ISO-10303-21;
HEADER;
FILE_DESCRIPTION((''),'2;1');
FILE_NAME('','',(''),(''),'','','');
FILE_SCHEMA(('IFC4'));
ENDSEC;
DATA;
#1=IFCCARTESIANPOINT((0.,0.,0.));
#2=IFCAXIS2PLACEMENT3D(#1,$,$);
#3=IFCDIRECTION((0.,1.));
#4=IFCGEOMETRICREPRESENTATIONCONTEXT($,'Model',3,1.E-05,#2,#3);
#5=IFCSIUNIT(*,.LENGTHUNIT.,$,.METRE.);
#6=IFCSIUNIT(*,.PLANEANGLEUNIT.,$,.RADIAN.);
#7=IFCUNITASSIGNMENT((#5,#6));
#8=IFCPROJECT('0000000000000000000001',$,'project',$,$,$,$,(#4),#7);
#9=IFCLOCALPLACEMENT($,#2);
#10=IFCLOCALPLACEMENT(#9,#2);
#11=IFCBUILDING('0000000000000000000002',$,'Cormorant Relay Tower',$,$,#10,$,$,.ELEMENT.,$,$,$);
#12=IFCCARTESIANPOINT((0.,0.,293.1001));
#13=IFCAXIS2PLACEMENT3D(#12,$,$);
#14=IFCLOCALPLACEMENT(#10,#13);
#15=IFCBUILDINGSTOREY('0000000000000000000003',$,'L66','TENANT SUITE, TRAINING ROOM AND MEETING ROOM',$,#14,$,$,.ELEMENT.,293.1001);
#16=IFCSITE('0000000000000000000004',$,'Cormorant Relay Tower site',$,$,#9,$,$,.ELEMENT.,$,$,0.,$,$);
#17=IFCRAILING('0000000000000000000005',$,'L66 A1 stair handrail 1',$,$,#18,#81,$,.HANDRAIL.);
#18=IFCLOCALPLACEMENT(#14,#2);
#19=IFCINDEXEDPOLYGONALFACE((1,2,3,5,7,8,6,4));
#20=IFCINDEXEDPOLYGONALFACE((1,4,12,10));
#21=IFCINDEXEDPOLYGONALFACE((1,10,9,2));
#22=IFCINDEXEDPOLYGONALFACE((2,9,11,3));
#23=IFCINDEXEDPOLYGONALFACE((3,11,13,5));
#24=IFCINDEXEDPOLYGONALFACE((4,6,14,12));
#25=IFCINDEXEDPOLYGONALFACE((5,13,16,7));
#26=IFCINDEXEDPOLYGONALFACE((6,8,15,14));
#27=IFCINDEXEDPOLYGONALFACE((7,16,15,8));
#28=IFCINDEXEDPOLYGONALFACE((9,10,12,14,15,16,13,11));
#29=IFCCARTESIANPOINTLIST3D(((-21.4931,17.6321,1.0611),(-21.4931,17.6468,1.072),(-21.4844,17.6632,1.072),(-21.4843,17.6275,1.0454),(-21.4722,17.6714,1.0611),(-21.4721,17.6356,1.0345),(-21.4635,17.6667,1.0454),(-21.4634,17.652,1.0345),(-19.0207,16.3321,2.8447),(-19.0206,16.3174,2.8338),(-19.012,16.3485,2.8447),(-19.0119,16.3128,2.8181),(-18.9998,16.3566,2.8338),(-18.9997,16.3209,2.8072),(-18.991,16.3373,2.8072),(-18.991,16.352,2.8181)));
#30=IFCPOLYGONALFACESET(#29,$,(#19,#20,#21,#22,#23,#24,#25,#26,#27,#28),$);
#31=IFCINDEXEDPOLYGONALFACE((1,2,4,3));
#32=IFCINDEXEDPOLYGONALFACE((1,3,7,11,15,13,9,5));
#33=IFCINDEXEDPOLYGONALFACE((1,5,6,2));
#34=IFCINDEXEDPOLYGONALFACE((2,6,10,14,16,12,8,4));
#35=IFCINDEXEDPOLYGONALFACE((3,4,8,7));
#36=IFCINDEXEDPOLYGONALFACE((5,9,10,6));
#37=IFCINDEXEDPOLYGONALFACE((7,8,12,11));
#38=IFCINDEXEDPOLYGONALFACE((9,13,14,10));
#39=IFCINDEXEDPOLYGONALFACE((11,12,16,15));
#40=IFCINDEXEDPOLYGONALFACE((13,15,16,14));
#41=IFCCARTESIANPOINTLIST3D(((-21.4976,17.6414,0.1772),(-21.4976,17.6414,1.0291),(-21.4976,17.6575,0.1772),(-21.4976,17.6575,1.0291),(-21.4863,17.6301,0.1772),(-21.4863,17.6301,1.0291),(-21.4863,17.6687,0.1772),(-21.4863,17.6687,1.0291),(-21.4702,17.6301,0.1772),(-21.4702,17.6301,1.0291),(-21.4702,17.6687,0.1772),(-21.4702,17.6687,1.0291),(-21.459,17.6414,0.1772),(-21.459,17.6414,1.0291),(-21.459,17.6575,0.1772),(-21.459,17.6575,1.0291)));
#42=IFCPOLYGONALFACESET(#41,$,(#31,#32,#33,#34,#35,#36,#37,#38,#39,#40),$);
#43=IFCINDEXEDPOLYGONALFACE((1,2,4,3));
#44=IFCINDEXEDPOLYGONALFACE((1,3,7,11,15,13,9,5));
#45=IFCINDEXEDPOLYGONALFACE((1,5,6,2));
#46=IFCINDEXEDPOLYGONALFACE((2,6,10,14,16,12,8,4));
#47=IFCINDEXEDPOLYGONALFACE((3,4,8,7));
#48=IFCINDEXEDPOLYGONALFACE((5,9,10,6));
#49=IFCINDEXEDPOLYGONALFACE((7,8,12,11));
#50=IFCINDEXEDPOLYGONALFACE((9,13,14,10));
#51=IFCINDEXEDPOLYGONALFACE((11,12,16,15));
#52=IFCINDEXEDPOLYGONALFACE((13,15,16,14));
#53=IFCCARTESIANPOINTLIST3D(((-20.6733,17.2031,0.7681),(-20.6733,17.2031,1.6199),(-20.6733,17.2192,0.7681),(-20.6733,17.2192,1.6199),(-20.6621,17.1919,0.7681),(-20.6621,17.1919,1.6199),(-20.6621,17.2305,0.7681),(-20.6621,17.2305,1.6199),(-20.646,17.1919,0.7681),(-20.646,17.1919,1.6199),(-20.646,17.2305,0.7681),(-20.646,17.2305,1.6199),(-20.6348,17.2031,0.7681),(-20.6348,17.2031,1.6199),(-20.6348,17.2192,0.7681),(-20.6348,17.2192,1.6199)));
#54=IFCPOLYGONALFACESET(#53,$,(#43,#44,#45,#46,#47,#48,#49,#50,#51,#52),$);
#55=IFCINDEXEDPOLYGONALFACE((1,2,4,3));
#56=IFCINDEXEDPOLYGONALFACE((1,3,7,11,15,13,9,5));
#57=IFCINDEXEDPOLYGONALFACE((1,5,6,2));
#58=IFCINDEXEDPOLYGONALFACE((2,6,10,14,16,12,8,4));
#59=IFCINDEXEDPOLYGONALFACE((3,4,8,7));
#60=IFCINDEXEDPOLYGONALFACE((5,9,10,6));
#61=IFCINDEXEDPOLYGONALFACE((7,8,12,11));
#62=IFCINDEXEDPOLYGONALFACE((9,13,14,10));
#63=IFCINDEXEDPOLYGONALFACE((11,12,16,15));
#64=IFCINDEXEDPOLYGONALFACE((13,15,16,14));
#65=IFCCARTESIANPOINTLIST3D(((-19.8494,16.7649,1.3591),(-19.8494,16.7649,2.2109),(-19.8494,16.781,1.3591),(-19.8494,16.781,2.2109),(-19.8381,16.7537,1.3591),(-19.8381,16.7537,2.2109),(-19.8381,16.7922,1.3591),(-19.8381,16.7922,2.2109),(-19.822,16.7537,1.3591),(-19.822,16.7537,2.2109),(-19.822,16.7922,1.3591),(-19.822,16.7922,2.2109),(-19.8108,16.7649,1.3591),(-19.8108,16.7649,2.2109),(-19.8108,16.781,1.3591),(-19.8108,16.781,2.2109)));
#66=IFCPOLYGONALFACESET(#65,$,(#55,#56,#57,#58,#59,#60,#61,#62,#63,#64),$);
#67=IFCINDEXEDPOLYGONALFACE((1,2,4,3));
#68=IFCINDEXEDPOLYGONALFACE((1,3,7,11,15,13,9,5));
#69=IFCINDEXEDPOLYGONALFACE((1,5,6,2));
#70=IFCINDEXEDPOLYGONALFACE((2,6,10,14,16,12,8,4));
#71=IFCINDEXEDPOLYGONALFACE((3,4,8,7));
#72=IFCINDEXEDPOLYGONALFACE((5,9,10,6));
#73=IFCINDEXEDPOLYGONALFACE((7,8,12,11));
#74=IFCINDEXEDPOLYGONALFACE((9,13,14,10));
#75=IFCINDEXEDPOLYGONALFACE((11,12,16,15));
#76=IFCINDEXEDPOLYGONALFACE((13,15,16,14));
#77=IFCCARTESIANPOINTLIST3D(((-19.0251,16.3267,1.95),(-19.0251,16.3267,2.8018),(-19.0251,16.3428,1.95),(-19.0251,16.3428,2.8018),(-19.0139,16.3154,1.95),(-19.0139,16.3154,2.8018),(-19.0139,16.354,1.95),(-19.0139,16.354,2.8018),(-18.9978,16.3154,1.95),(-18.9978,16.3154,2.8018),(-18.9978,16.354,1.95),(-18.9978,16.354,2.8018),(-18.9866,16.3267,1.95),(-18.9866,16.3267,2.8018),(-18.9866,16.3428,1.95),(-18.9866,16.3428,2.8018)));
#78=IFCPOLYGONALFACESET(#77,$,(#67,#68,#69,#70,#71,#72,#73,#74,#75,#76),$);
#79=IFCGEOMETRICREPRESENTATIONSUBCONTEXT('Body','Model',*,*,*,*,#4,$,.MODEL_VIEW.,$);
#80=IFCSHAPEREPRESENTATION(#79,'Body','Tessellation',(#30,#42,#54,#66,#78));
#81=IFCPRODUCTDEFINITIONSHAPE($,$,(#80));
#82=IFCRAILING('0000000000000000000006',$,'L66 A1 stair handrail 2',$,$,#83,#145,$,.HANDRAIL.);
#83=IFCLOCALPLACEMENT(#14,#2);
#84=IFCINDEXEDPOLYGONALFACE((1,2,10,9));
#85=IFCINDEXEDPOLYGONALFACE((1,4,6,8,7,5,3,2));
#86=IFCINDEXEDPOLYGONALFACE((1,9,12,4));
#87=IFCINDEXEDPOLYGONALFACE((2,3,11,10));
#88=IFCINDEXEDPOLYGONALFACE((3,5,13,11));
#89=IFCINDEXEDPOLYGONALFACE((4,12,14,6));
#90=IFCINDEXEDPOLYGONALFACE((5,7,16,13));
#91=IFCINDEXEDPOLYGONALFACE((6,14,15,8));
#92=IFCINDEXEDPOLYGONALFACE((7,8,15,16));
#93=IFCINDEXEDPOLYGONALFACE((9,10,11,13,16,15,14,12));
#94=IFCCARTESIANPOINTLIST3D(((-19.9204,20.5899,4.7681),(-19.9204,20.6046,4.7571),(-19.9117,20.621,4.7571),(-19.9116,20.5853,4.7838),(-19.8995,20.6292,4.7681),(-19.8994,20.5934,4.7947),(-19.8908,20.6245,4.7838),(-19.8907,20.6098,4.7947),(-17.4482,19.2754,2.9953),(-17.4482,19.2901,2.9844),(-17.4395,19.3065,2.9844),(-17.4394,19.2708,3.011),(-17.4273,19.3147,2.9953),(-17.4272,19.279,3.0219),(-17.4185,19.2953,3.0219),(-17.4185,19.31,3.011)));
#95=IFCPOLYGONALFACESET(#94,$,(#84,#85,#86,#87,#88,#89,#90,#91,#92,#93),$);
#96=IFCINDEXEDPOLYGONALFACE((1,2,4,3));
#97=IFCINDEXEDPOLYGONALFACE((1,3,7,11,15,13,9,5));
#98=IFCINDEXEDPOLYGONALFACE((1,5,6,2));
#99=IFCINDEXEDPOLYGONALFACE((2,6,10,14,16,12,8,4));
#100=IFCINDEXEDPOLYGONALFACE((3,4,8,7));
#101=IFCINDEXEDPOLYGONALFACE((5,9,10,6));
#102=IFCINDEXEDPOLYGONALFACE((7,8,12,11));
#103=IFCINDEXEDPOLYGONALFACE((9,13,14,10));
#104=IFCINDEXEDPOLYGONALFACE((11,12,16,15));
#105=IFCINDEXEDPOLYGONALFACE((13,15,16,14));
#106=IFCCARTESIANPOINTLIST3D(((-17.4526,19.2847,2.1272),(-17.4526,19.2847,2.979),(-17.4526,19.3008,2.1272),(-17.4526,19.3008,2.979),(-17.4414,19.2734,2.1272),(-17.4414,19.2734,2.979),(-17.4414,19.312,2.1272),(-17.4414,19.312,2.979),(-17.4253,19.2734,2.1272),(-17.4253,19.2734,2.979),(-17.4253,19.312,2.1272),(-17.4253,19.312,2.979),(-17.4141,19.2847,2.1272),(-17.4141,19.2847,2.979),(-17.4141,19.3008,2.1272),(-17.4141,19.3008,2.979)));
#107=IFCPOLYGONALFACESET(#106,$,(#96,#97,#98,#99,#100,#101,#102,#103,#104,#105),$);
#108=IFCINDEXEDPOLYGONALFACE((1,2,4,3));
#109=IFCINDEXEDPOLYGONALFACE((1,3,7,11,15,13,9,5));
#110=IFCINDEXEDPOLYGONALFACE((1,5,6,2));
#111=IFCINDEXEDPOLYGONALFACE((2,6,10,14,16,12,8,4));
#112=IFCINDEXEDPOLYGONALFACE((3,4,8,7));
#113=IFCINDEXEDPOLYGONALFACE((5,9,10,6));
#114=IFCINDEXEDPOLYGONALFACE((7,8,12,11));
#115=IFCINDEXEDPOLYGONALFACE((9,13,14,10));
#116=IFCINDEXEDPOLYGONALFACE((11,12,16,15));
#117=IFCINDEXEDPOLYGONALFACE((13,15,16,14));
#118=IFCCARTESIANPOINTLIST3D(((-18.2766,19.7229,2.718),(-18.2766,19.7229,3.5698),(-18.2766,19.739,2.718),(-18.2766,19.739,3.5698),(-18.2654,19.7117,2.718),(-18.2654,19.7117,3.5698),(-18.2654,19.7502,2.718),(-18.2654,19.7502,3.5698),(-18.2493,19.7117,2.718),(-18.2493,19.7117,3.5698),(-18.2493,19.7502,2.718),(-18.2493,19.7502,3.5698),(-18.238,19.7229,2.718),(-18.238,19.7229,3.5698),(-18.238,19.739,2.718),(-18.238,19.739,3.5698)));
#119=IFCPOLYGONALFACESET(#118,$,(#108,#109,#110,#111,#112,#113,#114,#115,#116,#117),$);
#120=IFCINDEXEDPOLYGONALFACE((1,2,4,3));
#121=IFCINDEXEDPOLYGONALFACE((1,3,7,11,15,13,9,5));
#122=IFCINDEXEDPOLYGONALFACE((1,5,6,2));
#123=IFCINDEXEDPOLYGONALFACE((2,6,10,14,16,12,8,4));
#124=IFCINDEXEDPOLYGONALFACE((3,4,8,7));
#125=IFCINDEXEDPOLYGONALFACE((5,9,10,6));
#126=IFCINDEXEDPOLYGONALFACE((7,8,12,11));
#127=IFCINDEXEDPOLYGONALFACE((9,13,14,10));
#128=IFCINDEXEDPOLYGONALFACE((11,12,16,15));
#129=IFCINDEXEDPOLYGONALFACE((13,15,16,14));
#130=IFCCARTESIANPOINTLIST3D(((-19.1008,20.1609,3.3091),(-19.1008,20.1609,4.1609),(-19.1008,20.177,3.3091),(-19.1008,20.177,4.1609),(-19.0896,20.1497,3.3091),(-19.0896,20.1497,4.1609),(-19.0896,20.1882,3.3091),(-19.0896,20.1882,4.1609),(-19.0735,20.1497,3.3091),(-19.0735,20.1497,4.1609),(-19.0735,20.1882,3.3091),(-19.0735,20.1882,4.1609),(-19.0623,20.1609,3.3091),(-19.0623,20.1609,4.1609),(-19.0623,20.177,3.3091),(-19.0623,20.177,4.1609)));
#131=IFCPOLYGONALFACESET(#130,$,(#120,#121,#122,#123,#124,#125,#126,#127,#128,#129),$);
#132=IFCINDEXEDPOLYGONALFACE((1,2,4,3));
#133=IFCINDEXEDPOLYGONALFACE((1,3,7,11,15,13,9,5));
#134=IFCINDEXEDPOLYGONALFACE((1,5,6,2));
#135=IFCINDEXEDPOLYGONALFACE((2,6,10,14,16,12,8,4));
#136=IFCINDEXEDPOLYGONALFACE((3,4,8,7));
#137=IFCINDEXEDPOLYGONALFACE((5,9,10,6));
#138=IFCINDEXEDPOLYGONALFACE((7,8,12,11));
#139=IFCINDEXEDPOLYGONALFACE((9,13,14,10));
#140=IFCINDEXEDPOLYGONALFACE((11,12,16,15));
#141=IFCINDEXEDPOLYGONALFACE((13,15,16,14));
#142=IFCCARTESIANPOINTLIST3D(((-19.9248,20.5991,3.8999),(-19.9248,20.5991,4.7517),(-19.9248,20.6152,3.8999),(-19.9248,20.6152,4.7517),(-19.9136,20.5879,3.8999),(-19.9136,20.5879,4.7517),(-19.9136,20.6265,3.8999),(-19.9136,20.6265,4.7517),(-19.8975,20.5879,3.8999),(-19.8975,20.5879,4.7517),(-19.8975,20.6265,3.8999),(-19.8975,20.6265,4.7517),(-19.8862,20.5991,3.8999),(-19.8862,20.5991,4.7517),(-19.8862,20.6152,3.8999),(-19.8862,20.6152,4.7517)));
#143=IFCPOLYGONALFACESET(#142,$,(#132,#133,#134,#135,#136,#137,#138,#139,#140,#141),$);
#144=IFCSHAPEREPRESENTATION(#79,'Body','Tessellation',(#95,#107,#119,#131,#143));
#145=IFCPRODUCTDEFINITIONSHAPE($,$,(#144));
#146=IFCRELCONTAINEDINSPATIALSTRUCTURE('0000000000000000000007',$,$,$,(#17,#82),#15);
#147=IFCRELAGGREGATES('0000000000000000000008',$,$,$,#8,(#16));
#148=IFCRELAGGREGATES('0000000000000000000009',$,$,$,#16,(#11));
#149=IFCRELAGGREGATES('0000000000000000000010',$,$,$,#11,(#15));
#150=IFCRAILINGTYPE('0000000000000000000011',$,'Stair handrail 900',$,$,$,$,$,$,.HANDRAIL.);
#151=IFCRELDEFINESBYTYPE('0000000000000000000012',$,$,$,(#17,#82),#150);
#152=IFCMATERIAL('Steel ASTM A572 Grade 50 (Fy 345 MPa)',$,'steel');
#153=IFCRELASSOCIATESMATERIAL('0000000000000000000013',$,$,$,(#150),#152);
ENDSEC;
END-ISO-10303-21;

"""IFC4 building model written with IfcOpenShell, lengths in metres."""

from ifc_helpers import new_model, si_unit, direction, frame, origin, place, context, subcontext, project, spatial, polyline, outline, extrude, material, type_object, element, save


model = new_model("IFC4")

# Units and contexts
model_context = context("Model", 3, precision=1e-05, world=origin(), true_north=direction((0.0, 1.0)))
body_context = subcontext(model_context, "Body", "Model", "MODEL_VIEW")
ifc_project = project(units=[si_unit("LENGTHUNIT", "METRE"), si_unit("PLANEANGLEUNIT", "RADIAN")], contexts=[model_context])

# Site, building, storey
site_placement = place(None, origin())
site = spatial("IfcSite", under=ifc_project, at=site_placement, Name="Cormorant Relay Tower site", CompositionType="ELEMENT", RefElevation=0.0)
building_placement = place(site_placement, origin())
building = spatial("IfcBuilding", under=site, at=building_placement, Name="Cormorant Relay Tower", CompositionType="ELEMENT")
storey_placement = place(building_placement, frame((0.0, 0.0, 293.1001)))
storey = spatial("IfcBuildingStorey", under=building, at=storey_placement, Name="L66", Description="TENANT SUITE, TRAINING ROOM AND MEETING ROOM", CompositionType="ELEMENT", Elevation=293.1001)

# Railings
ifc_material_1 = material(Name="Steel ASTM A572 Grade 50 (Fy 345 MPa)", Category="steel")
railing_type_1 = type_object("IfcRailingType", Name="Stair handrail 900", PredefinedType="HANDRAIL", material=ifc_material_1)
railing_1_placement = place(storey_placement, frame((-21.4783, 17.6494, 0.1772)))
element("IfcRailing", 1, at=railing_1_placement, inside=storey, type_object=railing_type_1, Name="L66 A1 stair handrail 1", PredefinedType="HANDRAIL", context=body_context, shape_type="SweptSolid", body=[
    extrude(outline(polyline([(0.0222, 0.0093), (0.0093, 0.0222), (-0.0093, 0.0222), (-0.0222, 0.0093), (-0.0222, -0.0093), (-0.0093, -0.0222), (0.0093, -0.0222), (0.0222, -0.0093), (0.0222, 0.0093)])), frame((0.0, 0.0, 0.876), z_axis=(0.746012, -0.39669, 0.534886), x_axis=(0.469497, 0.882934, 0.0)), (0.0, 0.0, 1.0), 3.3142),
    extrude(outline(polyline([(0.0193, 0.0081), (0.0081, 0.0193), (-0.0081, 0.0193), (-0.0193, 0.0081), (-0.0193, -0.0081), (-0.0081, -0.0193), (0.0081, -0.0193), (0.0193, -0.0081), (0.0193, 0.0081)])), origin(), (0.0, 0.0, 1.0), 0.8518),
    extrude(outline(polyline([(0.0193, 0.0081), (0.0081, 0.0193), (-0.0081, 0.0193), (-0.0193, 0.0081), (-0.0193, -0.0081), (-0.0081, -0.0193), (0.0081, -0.0193), (0.0193, -0.0081), (0.0193, 0.0081)])), frame((0.8242, -0.4382, 0.5908)), (0.0, 0.0, 1.0), 0.8518),
    extrude(outline(polyline([(0.0193, 0.0081), (0.0081, 0.0193), (-0.0081, 0.0193), (-0.0193, 0.0081), (-0.0193, -0.0081), (-0.0081, -0.0193), (0.0081, -0.0193), (0.0193, -0.0081), (0.0193, 0.0081)])), frame((1.6482, -0.8765, 1.1819)), (0.0, 0.0, 1.0), 0.8518),
    extrude(outline(polyline([(0.0193, 0.0081), (0.0081, 0.0193), (-0.0081, 0.0193), (-0.0193, 0.0081), (-0.0193, -0.0081), (-0.0081, -0.0193), (0.0081, -0.0193), (0.0193, -0.0081), (0.0193, 0.0081)])), frame((2.4724, -1.3147, 1.7727)), (0.0, 0.0, 1.0), 0.8518),
])
railing_2_placement = place(storey_placement, frame((-17.4333, 19.2927, 2.1272)))
element("IfcRailing", 2, at=railing_2_placement, inside=storey, type_object=railing_type_1, Name="L66 A1 stair handrail 2", PredefinedType="HANDRAIL", context=body_context, shape_type="SweptSolid", body=[
    extrude(outline(polyline([(0.0222, 0.0093), (0.0093, 0.0222), (-0.0093, 0.0222), (-0.0222, 0.0093), (-0.0222, -0.0093), (-0.0093, -0.0222), (0.0093, -0.0222), (0.0222, -0.0093), (0.0222, 0.0093)])), frame((0.0, 0.0, 0.876), z_axis=(-0.746001, 0.396649, 0.534931), x_axis=(-0.469465, -0.882951, 0.0)), (0.0, 0.0, 1.0), 3.314),
    extrude(outline(polyline([(0.0193, 0.0081), (0.0081, 0.0193), (-0.0081, 0.0193), (-0.0193, 0.0081), (-0.0193, -0.0081), (-0.0081, -0.0193), (0.0081, -0.0193), (0.0193, -0.0081), (0.0193, 0.0081)])), origin(), (0.0, 0.0, 1.0), 0.8518),
    extrude(outline(polyline([(0.0193, 0.0081), (0.0081, 0.0193), (-0.0081, 0.0193), (-0.0193, 0.0081), (-0.0193, -0.0081), (-0.0081, -0.0193), (0.0081, -0.0193), (0.0193, -0.0081), (0.0193, 0.0081)])), frame((-0.824, 0.4382, 0.5908)), (0.0, 0.0, 1.0), 0.8518),
    extrude(outline(polyline([(0.0193, 0.0081), (0.0081, 0.0193), (-0.0081, 0.0193), (-0.0193, 0.0081), (-0.0193, -0.0081), (-0.0081, -0.0193), (0.0081, -0.0193), (0.0193, -0.0081), (0.0193, 0.0081)])), frame((-1.6482, 0.8762, 1.1819)), (0.0, 0.0, 1.0), 0.8518),
    extrude(outline(polyline([(0.0193, 0.0081), (0.0081, 0.0193), (-0.0081, 0.0193), (-0.0193, 0.0081), (-0.0193, -0.0081), (-0.0081, -0.0193), (0.0081, -0.0193), (0.0193, -0.0081), (0.0193, 0.0081)])), frame((-2.4722, 1.3145, 1.7727)), (0.0, 0.0, 1.0), 0.8518),
])

save(model, "model.ifc")
